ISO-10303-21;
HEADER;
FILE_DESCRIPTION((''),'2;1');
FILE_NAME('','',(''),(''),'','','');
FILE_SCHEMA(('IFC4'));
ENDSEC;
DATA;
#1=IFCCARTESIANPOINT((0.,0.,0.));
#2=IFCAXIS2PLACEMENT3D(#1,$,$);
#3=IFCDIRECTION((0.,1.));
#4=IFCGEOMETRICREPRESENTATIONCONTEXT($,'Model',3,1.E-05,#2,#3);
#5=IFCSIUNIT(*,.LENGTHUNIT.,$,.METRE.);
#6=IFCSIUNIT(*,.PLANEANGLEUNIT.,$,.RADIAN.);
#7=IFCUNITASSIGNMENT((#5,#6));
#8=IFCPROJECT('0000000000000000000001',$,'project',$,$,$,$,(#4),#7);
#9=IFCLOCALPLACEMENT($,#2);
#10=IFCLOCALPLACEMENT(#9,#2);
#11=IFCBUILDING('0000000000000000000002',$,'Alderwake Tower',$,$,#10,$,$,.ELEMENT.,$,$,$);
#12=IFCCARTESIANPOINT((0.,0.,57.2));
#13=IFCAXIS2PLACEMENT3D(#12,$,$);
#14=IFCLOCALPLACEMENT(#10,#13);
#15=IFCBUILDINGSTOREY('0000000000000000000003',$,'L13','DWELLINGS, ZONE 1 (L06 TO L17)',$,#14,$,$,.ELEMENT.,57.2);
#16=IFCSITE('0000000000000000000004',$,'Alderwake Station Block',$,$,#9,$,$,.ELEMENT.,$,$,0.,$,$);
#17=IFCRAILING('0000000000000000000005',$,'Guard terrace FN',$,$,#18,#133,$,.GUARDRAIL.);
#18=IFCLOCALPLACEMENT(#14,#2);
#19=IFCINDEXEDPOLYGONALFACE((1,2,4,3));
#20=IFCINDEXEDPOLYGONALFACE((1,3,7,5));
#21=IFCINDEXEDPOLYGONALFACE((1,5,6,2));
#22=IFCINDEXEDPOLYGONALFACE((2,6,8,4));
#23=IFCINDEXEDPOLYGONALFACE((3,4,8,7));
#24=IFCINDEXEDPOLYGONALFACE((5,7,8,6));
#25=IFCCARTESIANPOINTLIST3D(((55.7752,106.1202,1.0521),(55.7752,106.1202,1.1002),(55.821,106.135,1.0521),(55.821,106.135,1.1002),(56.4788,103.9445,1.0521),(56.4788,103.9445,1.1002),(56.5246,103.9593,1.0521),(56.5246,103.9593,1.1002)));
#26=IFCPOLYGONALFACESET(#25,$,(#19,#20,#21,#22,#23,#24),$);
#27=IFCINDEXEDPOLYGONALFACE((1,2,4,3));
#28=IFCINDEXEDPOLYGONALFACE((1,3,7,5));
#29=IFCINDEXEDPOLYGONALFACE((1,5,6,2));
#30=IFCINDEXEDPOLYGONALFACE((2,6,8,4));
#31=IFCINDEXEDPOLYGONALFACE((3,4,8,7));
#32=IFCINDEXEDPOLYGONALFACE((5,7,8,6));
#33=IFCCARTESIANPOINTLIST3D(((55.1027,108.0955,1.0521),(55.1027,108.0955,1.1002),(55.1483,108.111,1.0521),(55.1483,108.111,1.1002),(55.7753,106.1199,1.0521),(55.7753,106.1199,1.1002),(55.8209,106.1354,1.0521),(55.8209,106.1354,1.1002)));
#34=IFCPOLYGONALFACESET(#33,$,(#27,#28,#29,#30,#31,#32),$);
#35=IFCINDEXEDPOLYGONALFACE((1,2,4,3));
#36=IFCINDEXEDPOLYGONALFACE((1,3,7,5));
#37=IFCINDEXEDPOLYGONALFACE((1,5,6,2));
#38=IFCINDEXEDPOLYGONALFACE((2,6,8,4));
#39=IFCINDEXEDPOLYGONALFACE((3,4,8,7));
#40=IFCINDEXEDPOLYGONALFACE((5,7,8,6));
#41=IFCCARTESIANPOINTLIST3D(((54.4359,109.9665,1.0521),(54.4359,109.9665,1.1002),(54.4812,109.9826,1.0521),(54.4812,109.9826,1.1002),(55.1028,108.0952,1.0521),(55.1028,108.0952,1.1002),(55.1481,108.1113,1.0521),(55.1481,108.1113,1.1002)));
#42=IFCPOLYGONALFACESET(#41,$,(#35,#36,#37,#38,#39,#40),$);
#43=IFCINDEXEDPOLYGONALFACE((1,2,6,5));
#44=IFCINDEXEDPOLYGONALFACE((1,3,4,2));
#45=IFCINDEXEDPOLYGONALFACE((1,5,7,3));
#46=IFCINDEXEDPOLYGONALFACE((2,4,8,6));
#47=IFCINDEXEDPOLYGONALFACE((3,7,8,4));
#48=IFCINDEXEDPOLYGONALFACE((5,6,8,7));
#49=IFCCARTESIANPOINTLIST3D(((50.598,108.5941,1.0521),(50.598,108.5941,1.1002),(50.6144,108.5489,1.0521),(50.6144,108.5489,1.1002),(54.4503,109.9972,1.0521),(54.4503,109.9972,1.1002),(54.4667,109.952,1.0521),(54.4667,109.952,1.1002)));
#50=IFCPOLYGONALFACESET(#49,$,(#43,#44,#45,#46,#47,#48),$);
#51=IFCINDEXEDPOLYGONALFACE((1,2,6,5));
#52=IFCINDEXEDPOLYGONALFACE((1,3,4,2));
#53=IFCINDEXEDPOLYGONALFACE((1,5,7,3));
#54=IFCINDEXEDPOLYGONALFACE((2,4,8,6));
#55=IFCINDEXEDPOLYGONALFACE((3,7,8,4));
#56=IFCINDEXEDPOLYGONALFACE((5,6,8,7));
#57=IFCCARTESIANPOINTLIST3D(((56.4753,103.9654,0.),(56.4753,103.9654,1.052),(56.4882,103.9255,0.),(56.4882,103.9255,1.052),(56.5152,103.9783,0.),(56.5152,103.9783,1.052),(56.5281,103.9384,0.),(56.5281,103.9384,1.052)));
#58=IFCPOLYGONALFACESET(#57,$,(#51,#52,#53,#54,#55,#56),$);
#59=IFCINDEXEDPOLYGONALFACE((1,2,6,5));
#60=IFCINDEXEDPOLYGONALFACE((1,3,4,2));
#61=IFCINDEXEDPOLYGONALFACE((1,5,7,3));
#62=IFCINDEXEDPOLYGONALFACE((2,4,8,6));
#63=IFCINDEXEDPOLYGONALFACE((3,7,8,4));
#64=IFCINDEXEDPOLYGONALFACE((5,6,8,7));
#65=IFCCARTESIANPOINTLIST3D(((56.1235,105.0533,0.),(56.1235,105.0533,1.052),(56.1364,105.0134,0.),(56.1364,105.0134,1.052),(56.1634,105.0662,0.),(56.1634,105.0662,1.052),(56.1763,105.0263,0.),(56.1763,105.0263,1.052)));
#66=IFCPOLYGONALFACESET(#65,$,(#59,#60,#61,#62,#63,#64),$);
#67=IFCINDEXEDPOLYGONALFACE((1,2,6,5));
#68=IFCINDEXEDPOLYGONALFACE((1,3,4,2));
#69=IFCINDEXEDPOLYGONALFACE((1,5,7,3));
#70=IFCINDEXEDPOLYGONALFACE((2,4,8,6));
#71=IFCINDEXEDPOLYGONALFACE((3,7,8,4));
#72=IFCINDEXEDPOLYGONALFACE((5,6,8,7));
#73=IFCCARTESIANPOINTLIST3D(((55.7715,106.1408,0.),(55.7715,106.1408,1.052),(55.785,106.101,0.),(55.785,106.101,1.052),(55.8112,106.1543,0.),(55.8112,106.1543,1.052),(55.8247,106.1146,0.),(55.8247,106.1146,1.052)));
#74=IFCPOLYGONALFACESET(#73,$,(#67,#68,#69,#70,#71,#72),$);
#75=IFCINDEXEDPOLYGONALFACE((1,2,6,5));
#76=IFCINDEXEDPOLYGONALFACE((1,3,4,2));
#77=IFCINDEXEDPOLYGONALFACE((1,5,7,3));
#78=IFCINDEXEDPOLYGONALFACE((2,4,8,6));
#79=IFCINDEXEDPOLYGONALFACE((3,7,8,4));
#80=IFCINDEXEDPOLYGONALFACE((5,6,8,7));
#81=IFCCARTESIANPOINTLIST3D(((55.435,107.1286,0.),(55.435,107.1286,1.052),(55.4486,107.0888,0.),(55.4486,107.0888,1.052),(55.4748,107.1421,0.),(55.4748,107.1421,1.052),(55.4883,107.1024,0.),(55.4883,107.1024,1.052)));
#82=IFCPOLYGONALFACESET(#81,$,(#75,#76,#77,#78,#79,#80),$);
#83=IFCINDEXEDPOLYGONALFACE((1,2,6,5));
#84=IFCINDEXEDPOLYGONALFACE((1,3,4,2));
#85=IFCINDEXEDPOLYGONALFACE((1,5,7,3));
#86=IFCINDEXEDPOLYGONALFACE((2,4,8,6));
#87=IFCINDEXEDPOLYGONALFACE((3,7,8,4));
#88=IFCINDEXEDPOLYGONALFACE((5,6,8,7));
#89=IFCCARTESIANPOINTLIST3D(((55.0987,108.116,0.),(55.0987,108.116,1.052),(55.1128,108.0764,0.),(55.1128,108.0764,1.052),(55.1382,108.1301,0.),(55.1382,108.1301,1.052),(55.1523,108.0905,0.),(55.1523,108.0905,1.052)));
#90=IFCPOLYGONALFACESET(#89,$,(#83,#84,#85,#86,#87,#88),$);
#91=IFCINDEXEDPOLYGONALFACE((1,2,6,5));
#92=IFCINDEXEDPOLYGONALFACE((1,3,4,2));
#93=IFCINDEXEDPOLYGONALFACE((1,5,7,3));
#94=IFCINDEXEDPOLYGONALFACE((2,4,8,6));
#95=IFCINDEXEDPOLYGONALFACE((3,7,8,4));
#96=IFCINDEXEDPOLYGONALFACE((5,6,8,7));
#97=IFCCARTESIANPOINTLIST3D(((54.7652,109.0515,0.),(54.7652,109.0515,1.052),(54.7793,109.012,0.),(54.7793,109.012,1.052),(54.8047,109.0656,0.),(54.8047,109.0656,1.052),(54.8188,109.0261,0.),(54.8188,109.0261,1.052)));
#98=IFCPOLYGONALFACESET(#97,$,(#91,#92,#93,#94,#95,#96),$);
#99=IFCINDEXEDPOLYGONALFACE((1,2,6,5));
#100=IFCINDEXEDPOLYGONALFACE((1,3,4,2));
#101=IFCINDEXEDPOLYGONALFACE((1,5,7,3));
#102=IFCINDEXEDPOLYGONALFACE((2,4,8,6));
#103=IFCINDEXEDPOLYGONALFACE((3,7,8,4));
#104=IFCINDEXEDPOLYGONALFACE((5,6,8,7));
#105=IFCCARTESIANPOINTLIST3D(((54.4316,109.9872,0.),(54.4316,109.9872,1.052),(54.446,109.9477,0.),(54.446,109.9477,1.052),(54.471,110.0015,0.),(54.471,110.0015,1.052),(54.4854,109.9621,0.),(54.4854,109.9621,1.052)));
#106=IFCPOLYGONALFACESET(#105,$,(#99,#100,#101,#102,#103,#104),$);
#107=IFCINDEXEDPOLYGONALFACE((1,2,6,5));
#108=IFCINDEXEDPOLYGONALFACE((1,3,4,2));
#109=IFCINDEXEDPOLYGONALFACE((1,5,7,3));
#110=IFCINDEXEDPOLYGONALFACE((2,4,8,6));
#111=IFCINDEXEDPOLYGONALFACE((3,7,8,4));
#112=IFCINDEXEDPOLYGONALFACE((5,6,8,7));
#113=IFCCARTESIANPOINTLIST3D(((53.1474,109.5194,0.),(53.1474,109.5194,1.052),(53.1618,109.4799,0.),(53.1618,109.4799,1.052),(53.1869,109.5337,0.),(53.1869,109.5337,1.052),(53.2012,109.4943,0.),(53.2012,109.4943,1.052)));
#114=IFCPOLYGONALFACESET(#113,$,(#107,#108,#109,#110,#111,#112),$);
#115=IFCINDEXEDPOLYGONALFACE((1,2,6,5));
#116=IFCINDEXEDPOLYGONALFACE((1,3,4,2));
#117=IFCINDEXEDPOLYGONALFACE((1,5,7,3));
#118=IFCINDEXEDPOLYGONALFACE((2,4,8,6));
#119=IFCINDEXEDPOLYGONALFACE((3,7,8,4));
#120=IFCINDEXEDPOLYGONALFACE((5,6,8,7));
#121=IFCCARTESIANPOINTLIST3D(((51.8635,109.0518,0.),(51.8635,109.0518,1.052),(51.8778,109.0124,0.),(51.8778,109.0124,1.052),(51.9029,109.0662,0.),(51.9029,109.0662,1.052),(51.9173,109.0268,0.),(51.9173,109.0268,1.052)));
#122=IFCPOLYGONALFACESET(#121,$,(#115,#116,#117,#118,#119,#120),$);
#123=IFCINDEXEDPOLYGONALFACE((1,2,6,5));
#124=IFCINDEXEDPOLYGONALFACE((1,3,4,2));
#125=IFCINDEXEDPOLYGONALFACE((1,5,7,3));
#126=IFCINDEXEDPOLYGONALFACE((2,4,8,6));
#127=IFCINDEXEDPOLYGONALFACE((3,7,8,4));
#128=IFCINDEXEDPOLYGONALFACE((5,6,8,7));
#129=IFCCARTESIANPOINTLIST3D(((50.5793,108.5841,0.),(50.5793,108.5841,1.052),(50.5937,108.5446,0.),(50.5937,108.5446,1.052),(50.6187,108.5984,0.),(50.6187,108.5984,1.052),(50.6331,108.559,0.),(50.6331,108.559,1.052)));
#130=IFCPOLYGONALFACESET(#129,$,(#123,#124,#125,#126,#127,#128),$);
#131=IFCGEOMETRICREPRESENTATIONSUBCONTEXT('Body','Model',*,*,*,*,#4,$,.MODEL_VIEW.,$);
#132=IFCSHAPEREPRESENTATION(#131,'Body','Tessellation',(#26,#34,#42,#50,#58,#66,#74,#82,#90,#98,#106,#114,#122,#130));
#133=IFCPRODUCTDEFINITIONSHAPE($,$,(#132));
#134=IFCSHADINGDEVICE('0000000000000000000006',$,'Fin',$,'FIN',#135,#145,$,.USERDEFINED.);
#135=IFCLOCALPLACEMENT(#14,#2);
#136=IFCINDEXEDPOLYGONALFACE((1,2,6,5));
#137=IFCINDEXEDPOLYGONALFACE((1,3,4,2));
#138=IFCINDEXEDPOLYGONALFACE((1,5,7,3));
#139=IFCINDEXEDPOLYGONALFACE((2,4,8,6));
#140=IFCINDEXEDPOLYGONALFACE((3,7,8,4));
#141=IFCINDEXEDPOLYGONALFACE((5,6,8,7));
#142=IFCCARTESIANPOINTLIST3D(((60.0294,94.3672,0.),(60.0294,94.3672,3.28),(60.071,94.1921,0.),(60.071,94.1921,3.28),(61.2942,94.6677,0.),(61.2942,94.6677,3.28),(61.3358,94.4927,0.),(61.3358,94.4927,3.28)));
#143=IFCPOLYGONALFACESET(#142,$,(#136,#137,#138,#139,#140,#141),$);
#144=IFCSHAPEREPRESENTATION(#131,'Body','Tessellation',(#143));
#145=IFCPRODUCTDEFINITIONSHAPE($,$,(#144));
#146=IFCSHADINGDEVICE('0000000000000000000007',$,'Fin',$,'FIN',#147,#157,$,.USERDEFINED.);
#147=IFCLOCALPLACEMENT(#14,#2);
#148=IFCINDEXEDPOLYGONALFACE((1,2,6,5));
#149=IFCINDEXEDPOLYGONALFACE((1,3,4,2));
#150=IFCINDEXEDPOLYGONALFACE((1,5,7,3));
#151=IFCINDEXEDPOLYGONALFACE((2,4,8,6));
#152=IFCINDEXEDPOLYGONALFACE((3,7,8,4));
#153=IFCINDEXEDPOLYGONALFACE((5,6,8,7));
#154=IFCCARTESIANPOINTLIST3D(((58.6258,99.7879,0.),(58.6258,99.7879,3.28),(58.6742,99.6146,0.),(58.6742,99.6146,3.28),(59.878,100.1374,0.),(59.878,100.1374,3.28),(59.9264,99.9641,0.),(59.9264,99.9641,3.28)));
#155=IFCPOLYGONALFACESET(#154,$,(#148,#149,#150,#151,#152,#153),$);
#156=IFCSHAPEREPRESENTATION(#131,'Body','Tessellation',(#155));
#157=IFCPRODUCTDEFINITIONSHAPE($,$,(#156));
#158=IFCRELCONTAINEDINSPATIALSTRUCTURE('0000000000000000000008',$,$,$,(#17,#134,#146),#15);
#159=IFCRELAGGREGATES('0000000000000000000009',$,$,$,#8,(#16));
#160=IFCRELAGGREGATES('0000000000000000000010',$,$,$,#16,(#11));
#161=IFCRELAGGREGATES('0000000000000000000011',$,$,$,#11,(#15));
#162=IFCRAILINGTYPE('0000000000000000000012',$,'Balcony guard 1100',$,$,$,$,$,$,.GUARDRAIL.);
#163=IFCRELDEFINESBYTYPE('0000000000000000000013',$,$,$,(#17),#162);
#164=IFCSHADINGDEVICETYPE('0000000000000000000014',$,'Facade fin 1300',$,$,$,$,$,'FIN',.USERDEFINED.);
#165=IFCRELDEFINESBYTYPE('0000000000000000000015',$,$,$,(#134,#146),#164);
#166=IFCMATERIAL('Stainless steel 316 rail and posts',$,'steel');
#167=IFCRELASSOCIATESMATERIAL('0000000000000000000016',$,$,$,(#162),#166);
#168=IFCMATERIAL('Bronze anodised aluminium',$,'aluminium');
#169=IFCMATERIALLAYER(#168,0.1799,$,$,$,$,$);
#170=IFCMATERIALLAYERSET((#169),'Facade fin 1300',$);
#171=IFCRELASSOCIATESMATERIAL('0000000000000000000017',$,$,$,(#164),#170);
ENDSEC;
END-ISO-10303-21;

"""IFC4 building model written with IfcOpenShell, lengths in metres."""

from ifc_helpers import new_model, si_unit, direction, frame, origin, origin_2d, place, context, subcontext, project, spatial, rectangle, extrude, material, layer, layer_set, type_object, element, save


model = new_model("IFC4")

# Units and contexts
model_context = context("Model", 3, precision=1e-05, world=origin(), true_north=direction((0.0, 1.0)))
body_context = subcontext(model_context, "Body", "Model", "MODEL_VIEW")
ifc_project = project(units=[si_unit("LENGTHUNIT", "METRE"), si_unit("PLANEANGLEUNIT", "RADIAN")], contexts=[model_context])

# Site, building, storey
site_placement = place(None, origin())
site = spatial("IfcSite", under=ifc_project, at=site_placement, Name="Alderwake Station Block", CompositionType="ELEMENT", RefElevation=0.0)
building_placement = place(site_placement, origin())
building = spatial("IfcBuilding", under=site, at=building_placement, Name="Alderwake Tower", CompositionType="ELEMENT")
storey_placement = place(building_placement, frame((0.0, 0.0, 57.2)))
storey = spatial("IfcBuildingStorey", under=building, at=storey_placement, Name="L13", Description="DWELLINGS, ZONE 1 (L06 TO L17)", CompositionType="ELEMENT", Elevation=57.2)

# Railing
ifc_material_1 = material(Name="Stainless steel 316 rail and posts", Category="steel")
railing_type = type_object("IfcRailingType", Name="Balcony guard 1100", PredefinedType="GUARDRAIL", material=ifc_material_1)
railing_placement = place(storey_placement, frame((56.5017, 103.9519, 0.0)))
element("IfcRailing", 1, at=railing_placement, inside=storey, type_object=railing_type, Name="Guard terrace FN", PredefinedType="GUARDRAIL", context=body_context, shape_type="SweptSolid", body=[
    extrude(rectangle(XDim=0.0481, YDim=0.0481, at=origin_2d()), frame((0.0, 0.0, 1.0762), z_axis=(-0.307695, 0.951485, 0.0), x_axis=(-0.951485, -0.307695, 0.0)), (0.0, 0.0, 1.0), 2.2866),
    extrude(rectangle(XDim=0.0481, YDim=0.0481, at=origin_2d()), frame((-0.7036, 2.1758, 1.0762), z_axis=(-0.322293, 0.94664, 0.0), x_axis=(-0.94664, -0.322293, 0.0)), (0.0, 0.0, 1.0), 2.0869),
    extrude(rectangle(XDim=0.0481, YDim=0.0481, at=origin_2d()), frame((-1.3762, 4.1514, 1.0762), z_axis=(-0.335737, 0.941956, 0.0), x_axis=(-0.941956, -0.335737, 0.0)), (0.0, 0.0, 1.0), 1.9866),
    extrude(rectangle(XDim=0.0481, YDim=0.0481, at=origin_2d()), frame((-2.0432, 6.0227, 1.0762), z_axis=(-0.939618, -0.342226, 0.0), x_axis=(0.342226, -0.939618, 0.0)), (0.0, 0.0, 1.0), 4.0999),
    extrude(rectangle(XDim=0.042, YDim=0.042, at=origin_2d()), frame((0.0, 0.0, 0.0), z_axis=(0.0, 0.0, 1.0), x_axis=(-0.307695, 0.951485, 0.0)), (0.0, 0.0, 1.0), 1.052),
    extrude(rectangle(XDim=0.042, YDim=0.042, at=origin_2d()), frame((-0.3518, 1.0879, 0.0), z_axis=(0.0, 0.0, 1.0), x_axis=(-0.307695, 0.951485, 0.0)), (0.0, 0.0, 1.0), 1.052),
    extrude(rectangle(XDim=0.042, YDim=0.042, at=origin_2d()), frame((-0.7036, 2.1758, 0.0), z_axis=(0.0, 0.0, 1.0), x_axis=(-0.322293, 0.94664, 0.0)), (0.0, 0.0, 1.0), 1.052),
    extrude(rectangle(XDim=0.042, YDim=0.042, at=origin_2d()), frame((-1.04, 3.1636, 0.0), z_axis=(0.0, 0.0, 1.0), x_axis=(-0.322293, 0.94664, 0.0)), (0.0, 0.0, 1.0), 1.052),
    extrude(rectangle(XDim=0.042, YDim=0.042, at=origin_2d()), frame((-1.3762, 4.1514, 0.0), z_axis=(0.0, 0.0, 1.0), x_axis=(-0.335737, 0.941956, 0.0)), (0.0, 0.0, 1.0), 1.052),
    extrude(rectangle(XDim=0.042, YDim=0.042, at=origin_2d()), frame((-1.7097, 5.0869, 0.0), z_axis=(0.0, 0.0, 1.0), x_axis=(-0.335737, 0.941956, 0.0)), (0.0, 0.0, 1.0), 1.052),
    extrude(rectangle(XDim=0.042, YDim=0.042, at=origin_2d()), frame((-2.0432, 6.0227, 0.0), z_axis=(0.0, 0.0, 1.0), x_axis=(-0.939618, -0.342226, 0.0)), (0.0, 0.0, 1.0), 1.052),
    extrude(rectangle(XDim=0.042, YDim=0.042, at=origin_2d()), frame((-3.3274, 5.5549, 0.0), z_axis=(0.0, 0.0, 1.0), x_axis=(-0.939618, -0.342226, 0.0)), (0.0, 0.0, 1.0), 1.052),
    extrude(rectangle(XDim=0.042, YDim=0.042, at=origin_2d()), frame((-4.6113, 5.0874, 0.0), z_axis=(0.0, 0.0, 1.0), x_axis=(-0.939618, -0.342226, 0.0)), (0.0, 0.0, 1.0), 1.052),
    extrude(rectangle(XDim=0.042, YDim=0.042, at=origin_2d()), frame((-5.8955, 4.6196, 0.0), z_axis=(0.0, 0.0, 1.0), x_axis=(-0.939618, -0.342226, 0.0)), (0.0, 0.0, 1.0), 1.052),
])

# Shading devices
ifc_material_2 = material(Name="Bronze anodised aluminium", Category="aluminium")
ifc_layer_1 = layer(ifc_material_2, 0.1799)
ifc_layer_set_1 = layer_set([ifc_layer_1], Name="Facade fin 1300")
shading_device_type = type_object("IfcShadingDeviceType", Name="Facade fin 1300", ElementType="FIN", PredefinedType="USERDEFINED", material=ifc_layer_set_1)
for number, where, z_axis, x_axis, name in (
    (2, (60.6826, 94.4299, 0.0), (0.0, 0.0, 1.0), (0.972909, 0.231189, 0.0), "Fin"),
    (3, (59.2761, 99.876, 0.0), (0.0, 0.0, 1.0), (0.963182, 0.268851, 0.0), "Fin"),
):
    element("IfcShadingDevice", number, at=place(storey_placement, frame(where, z_axis=z_axis, x_axis=x_axis)), inside=storey, type_object=shading_device_type, Name=name, ObjectType="FIN", PredefinedType="USERDEFINED", context=body_context, shape_type="SweptSolid", body=[
        extrude(rectangle(XDim=1.3, YDim=0.1799, at=origin_2d()), origin(), (0.0, 0.0, 1.0), 3.28),
    ])

save(model, "model.ifc")
